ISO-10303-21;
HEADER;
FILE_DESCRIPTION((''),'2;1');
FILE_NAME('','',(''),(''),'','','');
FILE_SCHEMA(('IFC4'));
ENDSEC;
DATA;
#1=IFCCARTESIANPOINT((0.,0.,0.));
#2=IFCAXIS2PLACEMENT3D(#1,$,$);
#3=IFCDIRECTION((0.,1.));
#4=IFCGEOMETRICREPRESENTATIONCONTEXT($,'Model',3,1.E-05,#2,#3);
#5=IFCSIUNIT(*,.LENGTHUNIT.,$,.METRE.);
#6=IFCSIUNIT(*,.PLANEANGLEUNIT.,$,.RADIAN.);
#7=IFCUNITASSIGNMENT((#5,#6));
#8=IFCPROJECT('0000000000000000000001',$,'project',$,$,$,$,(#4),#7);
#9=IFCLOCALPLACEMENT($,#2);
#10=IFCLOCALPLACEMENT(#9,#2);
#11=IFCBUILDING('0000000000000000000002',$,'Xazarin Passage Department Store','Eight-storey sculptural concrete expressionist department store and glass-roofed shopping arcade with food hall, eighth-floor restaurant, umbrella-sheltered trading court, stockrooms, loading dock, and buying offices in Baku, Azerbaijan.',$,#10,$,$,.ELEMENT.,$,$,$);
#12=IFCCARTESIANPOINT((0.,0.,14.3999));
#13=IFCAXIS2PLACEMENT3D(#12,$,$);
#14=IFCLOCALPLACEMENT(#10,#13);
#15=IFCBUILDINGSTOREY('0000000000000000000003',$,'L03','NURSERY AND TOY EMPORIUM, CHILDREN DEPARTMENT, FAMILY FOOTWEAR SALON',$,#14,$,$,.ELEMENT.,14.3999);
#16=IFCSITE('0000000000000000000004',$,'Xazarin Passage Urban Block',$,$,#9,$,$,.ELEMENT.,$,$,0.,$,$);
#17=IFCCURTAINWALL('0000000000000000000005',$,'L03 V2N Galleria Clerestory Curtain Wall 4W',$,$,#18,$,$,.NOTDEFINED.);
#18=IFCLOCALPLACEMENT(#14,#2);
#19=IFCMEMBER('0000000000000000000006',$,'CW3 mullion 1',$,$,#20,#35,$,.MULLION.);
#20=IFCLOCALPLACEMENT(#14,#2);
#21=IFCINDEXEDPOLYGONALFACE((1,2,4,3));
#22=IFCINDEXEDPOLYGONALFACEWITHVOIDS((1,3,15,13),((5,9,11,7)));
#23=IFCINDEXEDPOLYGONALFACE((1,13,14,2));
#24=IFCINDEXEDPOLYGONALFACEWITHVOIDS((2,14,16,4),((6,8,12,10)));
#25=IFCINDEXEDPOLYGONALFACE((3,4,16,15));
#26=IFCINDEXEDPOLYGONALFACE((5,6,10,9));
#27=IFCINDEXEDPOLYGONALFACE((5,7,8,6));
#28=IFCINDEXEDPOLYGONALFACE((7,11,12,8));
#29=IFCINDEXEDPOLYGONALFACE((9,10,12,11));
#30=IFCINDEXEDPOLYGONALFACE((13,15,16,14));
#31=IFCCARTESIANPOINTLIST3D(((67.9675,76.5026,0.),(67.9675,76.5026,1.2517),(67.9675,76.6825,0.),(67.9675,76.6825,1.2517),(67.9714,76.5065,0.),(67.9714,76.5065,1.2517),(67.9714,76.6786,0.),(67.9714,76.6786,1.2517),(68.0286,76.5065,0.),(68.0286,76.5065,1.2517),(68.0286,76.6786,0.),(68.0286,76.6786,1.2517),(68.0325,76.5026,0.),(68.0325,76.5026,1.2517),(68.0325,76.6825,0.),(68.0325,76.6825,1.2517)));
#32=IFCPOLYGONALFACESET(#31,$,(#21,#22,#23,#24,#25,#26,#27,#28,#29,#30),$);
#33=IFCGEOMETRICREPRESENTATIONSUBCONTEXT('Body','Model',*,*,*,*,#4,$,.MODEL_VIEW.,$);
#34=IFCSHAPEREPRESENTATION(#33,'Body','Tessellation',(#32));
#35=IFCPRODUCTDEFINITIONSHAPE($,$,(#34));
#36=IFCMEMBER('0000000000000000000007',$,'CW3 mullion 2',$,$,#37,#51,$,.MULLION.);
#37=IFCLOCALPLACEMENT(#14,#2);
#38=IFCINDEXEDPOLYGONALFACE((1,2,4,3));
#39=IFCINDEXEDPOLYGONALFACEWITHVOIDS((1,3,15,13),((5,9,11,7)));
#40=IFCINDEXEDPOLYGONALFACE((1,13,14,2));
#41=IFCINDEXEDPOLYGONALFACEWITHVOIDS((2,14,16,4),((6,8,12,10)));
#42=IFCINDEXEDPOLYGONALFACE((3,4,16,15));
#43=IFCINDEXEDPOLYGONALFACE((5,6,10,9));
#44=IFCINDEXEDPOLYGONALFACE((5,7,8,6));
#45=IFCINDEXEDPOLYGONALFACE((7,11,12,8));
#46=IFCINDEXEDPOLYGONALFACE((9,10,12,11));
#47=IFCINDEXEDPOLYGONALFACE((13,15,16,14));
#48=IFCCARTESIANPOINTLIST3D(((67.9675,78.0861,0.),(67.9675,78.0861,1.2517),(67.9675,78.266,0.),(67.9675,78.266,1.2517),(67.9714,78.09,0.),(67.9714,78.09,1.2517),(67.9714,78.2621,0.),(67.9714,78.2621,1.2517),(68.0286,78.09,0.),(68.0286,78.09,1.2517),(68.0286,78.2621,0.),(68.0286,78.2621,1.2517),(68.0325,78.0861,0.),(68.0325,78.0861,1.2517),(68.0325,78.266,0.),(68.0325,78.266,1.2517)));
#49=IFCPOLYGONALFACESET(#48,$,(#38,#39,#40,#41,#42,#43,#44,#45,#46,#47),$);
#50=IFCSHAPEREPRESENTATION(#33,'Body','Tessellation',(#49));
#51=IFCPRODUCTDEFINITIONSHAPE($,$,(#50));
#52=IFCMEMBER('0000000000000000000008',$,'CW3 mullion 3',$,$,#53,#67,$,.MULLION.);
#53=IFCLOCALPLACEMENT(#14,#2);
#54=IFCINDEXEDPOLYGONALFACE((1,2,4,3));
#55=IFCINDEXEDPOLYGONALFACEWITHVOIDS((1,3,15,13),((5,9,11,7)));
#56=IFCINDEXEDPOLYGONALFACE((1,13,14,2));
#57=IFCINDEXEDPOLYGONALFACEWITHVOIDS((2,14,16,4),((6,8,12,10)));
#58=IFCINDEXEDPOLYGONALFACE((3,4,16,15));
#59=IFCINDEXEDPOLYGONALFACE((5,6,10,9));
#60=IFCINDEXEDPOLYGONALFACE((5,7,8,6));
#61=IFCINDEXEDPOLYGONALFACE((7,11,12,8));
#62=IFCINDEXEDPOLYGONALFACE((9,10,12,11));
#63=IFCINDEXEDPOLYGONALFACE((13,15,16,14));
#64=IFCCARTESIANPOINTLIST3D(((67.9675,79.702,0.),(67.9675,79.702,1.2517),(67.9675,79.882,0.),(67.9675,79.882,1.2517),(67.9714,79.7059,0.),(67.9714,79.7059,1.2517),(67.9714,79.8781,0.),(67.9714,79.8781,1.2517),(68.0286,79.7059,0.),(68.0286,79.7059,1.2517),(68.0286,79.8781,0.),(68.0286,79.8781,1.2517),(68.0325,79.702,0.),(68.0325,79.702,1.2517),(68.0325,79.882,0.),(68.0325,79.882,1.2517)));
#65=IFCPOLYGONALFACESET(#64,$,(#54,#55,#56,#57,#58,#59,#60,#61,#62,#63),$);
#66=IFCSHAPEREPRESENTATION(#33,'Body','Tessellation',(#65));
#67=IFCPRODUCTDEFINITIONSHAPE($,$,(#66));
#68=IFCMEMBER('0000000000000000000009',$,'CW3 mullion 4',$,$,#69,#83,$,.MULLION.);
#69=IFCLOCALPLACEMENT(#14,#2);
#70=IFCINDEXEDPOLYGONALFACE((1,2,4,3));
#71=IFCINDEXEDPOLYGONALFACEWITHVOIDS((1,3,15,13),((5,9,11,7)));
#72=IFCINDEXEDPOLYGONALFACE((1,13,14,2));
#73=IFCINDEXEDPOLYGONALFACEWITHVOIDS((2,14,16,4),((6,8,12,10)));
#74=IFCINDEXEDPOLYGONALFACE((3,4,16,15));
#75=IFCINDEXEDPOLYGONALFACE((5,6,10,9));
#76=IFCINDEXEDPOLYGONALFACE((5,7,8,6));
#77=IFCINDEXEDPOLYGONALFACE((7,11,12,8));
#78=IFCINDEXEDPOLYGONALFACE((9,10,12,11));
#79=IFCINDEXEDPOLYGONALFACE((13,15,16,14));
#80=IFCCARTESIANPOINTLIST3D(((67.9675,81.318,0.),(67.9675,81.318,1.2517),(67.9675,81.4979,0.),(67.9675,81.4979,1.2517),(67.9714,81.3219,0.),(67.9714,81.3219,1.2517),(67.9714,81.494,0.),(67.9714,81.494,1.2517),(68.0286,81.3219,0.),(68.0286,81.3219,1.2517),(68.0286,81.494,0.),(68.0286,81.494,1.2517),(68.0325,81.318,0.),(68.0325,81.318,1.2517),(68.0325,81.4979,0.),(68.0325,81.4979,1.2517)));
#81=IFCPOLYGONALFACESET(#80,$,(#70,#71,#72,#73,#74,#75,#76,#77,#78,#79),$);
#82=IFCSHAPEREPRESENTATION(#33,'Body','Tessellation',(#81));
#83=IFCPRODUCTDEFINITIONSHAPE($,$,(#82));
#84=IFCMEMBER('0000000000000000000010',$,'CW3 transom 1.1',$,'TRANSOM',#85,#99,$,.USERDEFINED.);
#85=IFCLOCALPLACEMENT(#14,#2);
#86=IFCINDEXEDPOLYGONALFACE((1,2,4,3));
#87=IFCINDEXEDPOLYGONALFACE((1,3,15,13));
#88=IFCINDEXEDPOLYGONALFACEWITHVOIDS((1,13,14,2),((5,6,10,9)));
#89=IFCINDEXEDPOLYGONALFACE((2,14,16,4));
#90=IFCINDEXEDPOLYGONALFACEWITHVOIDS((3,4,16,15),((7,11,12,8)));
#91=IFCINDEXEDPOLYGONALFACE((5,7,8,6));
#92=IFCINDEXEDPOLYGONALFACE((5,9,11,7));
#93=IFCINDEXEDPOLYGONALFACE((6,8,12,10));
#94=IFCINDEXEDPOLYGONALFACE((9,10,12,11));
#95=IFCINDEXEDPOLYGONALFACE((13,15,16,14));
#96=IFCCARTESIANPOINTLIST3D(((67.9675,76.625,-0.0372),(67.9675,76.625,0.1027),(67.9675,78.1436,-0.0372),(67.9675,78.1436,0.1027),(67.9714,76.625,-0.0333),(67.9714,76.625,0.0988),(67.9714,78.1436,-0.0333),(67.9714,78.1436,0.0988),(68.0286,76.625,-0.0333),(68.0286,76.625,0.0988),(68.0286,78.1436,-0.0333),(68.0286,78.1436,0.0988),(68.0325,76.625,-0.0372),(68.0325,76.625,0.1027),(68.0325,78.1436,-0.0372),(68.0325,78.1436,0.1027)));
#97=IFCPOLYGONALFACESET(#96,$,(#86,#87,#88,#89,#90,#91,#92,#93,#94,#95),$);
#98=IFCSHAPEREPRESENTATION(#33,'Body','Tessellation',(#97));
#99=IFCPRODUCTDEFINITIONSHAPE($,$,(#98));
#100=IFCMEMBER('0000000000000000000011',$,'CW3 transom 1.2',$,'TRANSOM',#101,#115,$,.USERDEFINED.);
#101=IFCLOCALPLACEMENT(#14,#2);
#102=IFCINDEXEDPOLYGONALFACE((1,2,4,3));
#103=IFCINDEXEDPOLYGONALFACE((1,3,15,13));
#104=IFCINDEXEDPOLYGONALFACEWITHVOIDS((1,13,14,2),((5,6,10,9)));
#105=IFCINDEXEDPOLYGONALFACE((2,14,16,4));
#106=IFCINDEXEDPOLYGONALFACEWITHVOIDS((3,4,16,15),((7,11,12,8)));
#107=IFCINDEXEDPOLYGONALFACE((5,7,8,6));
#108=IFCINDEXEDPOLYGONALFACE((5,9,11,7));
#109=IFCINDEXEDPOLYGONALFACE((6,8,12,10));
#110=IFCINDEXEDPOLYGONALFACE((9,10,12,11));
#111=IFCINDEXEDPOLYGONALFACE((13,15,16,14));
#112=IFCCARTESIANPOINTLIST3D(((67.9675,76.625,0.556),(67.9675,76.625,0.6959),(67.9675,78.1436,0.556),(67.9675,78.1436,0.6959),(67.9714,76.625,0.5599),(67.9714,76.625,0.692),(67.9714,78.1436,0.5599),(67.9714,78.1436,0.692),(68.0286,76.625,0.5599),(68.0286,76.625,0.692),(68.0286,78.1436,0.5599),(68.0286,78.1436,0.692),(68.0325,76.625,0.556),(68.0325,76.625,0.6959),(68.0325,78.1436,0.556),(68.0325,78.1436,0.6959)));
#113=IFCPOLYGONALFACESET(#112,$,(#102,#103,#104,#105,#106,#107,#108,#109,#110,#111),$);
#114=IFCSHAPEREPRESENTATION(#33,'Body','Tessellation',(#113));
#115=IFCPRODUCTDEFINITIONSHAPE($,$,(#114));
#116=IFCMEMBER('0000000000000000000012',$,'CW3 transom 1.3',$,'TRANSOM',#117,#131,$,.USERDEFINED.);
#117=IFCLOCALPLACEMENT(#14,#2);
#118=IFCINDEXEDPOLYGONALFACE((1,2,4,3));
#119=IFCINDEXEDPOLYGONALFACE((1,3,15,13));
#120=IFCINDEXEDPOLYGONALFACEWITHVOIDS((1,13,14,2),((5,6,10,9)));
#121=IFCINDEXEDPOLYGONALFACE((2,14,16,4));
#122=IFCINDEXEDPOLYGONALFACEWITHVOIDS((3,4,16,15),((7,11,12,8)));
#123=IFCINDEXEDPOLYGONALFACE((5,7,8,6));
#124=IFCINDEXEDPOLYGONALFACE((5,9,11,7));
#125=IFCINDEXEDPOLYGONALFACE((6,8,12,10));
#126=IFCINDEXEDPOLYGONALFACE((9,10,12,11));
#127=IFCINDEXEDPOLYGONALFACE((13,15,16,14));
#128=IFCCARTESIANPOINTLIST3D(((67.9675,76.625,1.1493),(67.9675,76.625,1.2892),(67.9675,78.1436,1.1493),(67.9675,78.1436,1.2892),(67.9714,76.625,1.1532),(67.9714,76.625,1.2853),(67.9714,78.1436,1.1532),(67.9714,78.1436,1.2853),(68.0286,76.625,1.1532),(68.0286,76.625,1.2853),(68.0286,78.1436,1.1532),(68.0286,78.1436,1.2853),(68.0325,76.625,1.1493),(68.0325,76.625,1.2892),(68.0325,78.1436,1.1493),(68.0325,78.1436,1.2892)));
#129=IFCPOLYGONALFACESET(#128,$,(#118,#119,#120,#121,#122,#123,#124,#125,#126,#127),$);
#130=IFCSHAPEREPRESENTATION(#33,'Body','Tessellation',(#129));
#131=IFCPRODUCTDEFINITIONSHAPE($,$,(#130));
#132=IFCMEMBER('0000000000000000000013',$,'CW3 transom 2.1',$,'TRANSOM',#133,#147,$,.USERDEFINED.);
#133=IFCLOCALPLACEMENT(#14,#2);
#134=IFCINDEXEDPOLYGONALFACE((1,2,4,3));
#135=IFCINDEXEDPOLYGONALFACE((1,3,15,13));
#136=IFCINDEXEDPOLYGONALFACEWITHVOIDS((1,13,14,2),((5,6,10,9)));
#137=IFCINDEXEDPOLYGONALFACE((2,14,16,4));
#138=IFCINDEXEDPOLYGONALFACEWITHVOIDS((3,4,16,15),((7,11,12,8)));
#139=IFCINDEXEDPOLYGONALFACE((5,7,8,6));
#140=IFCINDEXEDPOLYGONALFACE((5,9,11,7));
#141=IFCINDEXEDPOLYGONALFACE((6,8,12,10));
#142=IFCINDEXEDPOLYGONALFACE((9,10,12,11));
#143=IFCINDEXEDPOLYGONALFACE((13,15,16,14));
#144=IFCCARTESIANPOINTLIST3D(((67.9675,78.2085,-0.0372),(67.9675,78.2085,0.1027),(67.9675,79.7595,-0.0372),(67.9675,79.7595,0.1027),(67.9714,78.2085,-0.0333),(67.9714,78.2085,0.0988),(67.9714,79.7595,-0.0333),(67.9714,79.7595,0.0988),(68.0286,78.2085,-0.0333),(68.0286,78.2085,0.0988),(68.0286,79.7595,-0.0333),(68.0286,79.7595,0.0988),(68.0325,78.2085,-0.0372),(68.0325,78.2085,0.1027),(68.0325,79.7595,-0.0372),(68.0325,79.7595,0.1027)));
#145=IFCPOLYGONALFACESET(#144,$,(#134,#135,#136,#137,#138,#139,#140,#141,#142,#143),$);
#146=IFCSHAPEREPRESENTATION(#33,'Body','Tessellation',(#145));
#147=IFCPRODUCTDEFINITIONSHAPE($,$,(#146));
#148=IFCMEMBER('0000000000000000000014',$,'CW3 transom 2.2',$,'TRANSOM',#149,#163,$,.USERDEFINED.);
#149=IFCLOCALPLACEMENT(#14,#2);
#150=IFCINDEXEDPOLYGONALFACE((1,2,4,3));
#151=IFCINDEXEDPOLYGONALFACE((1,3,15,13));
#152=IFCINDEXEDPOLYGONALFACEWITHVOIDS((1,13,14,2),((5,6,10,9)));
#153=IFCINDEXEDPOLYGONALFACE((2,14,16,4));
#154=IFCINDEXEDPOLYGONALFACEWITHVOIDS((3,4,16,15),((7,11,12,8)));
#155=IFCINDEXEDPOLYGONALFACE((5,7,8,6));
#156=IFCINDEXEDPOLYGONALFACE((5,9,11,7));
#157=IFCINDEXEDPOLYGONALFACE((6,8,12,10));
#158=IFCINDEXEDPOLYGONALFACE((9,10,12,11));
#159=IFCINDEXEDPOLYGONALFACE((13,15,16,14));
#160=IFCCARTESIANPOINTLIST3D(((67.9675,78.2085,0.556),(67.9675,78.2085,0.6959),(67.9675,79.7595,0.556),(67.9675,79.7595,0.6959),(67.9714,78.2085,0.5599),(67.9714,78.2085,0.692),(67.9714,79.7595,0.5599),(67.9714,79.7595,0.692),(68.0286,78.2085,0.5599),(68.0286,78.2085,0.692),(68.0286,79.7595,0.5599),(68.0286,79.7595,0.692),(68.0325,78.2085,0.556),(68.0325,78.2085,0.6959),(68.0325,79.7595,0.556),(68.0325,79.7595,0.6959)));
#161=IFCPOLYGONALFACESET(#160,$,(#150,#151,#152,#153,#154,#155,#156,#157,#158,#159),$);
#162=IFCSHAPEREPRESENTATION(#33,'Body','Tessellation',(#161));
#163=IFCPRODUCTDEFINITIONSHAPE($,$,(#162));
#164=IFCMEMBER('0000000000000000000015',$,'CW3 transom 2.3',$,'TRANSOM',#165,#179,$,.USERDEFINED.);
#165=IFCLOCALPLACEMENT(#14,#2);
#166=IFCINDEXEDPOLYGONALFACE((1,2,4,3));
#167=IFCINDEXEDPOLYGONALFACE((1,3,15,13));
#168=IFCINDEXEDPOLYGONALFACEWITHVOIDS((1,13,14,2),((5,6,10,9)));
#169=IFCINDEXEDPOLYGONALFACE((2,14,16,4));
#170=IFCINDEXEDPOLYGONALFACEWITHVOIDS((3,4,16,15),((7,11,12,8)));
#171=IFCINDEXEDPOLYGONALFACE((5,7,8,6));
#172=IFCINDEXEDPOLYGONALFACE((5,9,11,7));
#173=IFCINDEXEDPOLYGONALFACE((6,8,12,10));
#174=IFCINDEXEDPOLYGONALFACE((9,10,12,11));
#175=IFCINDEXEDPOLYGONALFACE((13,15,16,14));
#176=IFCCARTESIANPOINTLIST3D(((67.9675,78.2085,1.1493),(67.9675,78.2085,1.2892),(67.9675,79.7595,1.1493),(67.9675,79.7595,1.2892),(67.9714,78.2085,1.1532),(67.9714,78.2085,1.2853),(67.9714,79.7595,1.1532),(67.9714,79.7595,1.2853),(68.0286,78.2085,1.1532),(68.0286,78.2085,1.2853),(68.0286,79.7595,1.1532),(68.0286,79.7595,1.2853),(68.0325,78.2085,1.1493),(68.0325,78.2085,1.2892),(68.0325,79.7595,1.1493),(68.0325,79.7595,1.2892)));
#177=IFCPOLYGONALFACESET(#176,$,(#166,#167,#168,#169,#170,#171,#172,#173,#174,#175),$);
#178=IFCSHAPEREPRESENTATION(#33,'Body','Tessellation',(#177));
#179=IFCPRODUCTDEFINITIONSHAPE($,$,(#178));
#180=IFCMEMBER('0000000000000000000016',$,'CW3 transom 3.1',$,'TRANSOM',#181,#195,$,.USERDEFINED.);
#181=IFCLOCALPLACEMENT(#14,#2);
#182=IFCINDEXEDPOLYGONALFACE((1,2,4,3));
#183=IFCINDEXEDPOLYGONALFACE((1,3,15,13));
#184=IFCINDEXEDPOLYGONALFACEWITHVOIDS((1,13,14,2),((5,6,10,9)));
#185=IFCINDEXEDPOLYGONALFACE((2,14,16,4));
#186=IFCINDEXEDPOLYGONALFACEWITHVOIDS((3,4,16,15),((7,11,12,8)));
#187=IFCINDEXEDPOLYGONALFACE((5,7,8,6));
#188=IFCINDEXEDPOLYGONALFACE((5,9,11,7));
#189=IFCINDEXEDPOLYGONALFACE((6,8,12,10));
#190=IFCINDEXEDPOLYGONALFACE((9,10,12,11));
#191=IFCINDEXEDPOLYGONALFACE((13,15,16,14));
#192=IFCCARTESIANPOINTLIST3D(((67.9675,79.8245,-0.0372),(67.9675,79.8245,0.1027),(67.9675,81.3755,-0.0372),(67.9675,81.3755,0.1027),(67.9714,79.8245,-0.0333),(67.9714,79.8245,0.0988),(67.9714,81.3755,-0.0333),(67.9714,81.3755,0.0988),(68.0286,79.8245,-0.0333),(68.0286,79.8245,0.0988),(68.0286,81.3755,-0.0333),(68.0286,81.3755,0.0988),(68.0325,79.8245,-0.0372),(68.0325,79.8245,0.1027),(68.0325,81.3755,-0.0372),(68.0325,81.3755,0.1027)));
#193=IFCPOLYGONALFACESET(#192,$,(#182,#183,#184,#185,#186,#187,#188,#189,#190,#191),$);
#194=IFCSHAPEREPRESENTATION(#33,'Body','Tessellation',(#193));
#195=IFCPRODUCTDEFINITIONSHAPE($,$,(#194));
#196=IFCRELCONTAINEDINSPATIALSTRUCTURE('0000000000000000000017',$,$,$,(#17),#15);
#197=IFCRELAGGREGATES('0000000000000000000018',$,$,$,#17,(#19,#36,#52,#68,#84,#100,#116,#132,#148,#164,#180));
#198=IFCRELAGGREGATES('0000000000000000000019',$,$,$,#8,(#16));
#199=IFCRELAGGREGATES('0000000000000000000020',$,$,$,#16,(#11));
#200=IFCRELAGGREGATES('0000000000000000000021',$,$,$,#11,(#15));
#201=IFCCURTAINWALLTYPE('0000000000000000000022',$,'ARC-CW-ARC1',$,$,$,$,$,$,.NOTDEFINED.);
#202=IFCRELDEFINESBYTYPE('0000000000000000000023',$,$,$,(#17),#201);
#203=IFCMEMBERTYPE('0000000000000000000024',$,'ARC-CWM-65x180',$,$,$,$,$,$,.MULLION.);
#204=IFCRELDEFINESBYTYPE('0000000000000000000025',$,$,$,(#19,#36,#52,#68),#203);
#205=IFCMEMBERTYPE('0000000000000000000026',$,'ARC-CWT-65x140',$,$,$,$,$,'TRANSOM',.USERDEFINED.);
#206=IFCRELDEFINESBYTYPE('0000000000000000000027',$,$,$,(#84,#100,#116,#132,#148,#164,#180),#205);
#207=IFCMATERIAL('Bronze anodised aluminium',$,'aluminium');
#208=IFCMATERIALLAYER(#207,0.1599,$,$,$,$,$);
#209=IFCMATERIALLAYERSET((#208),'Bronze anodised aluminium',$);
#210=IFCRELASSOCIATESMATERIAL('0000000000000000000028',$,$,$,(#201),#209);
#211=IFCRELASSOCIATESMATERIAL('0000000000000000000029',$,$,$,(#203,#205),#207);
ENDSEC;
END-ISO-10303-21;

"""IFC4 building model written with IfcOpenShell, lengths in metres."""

from ifc_helpers import new_model, si_unit, direction, frame, origin, origin_2d, place, context, subcontext, project, spatial, hollow_rectangle, extrude, material, layer, layer_set, material_profile, profile_set, type_object, element, aggregate, save


model = new_model("IFC4")

# Units and contexts
model_context = context("Model", 3, precision=1e-05, world=origin(), true_north=direction((0.0, 1.0)))
body_context = subcontext(model_context, "Body", "Model", "MODEL_VIEW")
ifc_project = project(units=[si_unit("LENGTHUNIT", "METRE"), si_unit("PLANEANGLEUNIT", "RADIAN")], contexts=[model_context])

# Site, building, storey
site_placement = place(None, origin())
site = spatial("IfcSite", under=ifc_project, at=site_placement, Name="Xazarin Passage Urban Block", CompositionType="ELEMENT", RefElevation=0.0)
building_placement = place(site_placement, origin())
building = spatial("IfcBuilding", under=site, at=building_placement, Name="Xazarin Passage Department Store", Description="Eight-storey sculptural concrete expressionist department store and glass-roofed shopping arcade with food hall, eighth-floor restaurant, umbrella-sheltered trading court, stockrooms, loading dock, and buying offices in Baku, Azerbaijan.", CompositionType="ELEMENT")
storey_placement = place(building_placement, frame((0.0, 0.0, 14.3999)))
storey = spatial("IfcBuildingStorey", under=building, at=storey_placement, Name="L03", Description="NURSERY AND TOY EMPORIUM, CHILDREN DEPARTMENT, FAMILY FOOTWEAR SALON", CompositionType="ELEMENT", Elevation=14.3999)

# Curtain wall, members
ifc_material_1 = material(Name="Bronze anodised aluminium", Category="aluminium")
ifc_layer_1 = layer(ifc_material_1, 0.1599)
ifc_layer_set_1 = layer_set([ifc_layer_1], Name="Bronze anodised aluminium")
curtain_wall_type = type_object("IfcCurtainWallType", Name="ARC-CW-ARC1", PredefinedType="NOTDEFINED", material=ifc_layer_set_1)
curtain_wall_placement = place(storey_placement, origin())
curtain_wall = element("IfcCurtainWall", 1, at=curtain_wall_placement, inside=storey, type_object=curtain_wall_type, Name="L03 V2N Galleria Clerestory Curtain Wall 4W", PredefinedType="NOTDEFINED")
ifc_material_profile_1 = material_profile(ifc_material_1, hollow_rectangle(XDim=0.0649, YDim=0.1799, WallThickness=0.0039, at=origin_2d()), Name="ALU 65x180")
ifc_profile_set_1 = profile_set([ifc_material_profile_1], Name="Bronze anodised aluminium")
member_type_1 = type_object("IfcMemberType", Name="ARC-CWM-65x180", PredefinedType="MULLION", material=ifc_profile_set_1)
member_1_placement = place(storey_placement, frame((68.0, 76.5925, 0.0), z_axis=(0.0, 0.0, 1.0), x_axis=(-1.0, 0.0, 0.0)))
member_1 = element("IfcMember", 2, at=member_1_placement, type_object=member_type_1, Name="CW3 mullion 1", PredefinedType="MULLION", context=body_context, shape_type="SweptSolid", body=[
    extrude(hollow_rectangle(XDim=0.0649, YDim=0.1799, WallThickness=0.0039, at=origin_2d()), origin(), (0.0, 0.0, 1.0), 1.2517),
])
member_2_placement = place(storey_placement, frame((68.0, 78.176, 0.0), z_axis=(0.0, 0.0, 1.0), x_axis=(-1.0, 0.0, 0.0)))
member_2 = element("IfcMember", 3, at=member_2_placement, type_object=member_type_1, Name="CW3 mullion 2", PredefinedType="MULLION", context=body_context, shape_type="SweptSolid", body=[
    extrude(hollow_rectangle(XDim=0.0649, YDim=0.1799, WallThickness=0.0039, at=origin_2d()), origin(), (0.0, 0.0, 1.0), 1.2517),
])
member_3_placement = place(storey_placement, frame((68.0, 79.792, 0.0), z_axis=(0.0, 0.0, 1.0), x_axis=(-1.0, 0.0, 0.0)))
member_3 = element("IfcMember", 4, at=member_3_placement, type_object=member_type_1, Name="CW3 mullion 3", PredefinedType="MULLION", context=body_context, shape_type="SweptSolid", body=[
    extrude(hollow_rectangle(XDim=0.0649, YDim=0.1799, WallThickness=0.0039, at=origin_2d()), origin(), (0.0, 0.0, 1.0), 1.2517),
])
member_4_placement = place(storey_placement, frame((68.0, 81.408, 0.0), z_axis=(0.0, 0.0, 1.0), x_axis=(-1.0, 0.0, 0.0)))
member_4 = element("IfcMember", 5, at=member_4_placement, type_object=member_type_1, Name="CW3 mullion 4", PredefinedType="MULLION", context=body_context, shape_type="SweptSolid", body=[
    extrude(hollow_rectangle(XDim=0.0649, YDim=0.1799, WallThickness=0.0039, at=origin_2d()), origin(), (0.0, 0.0, 1.0), 1.2517),
])
ifc_material_profile_2 = material_profile(ifc_material_1, hollow_rectangle(XDim=0.0649, YDim=0.1399, WallThickness=0.0039, at=origin_2d()), Name="ALU 65x140")
ifc_profile_set_2 = profile_set([ifc_material_profile_2], Name="Bronze anodised aluminium")
member_type_2 = type_object("IfcMemberType", Name="ARC-CWT-65x140", ElementType="TRANSOM", PredefinedType="USERDEFINED", material=ifc_profile_set_2)
member_5_placement = place(storey_placement, frame((68.0, 76.625, 0.0327), z_axis=(0.0, 1.0, 0.0), x_axis=(-1.0, 0.0, 0.0)))
member_5 = element("IfcMember", 6, at=member_5_placement, type_object=member_type_2, Name="CW3 transom 1.1", ObjectType="TRANSOM", PredefinedType="USERDEFINED", context=body_context, shape_type="SweptSolid", body=[
    extrude(hollow_rectangle(XDim=0.0649, YDim=0.1399, WallThickness=0.0039, at=origin_2d()), origin(), (0.0, 0.0, 1.0), 1.5186),
])
member_6_placement = place(storey_placement, frame((68.0, 76.625, 0.626), z_axis=(0.0, 1.0, 0.0), x_axis=(-1.0, 0.0, 0.0)))
member_6 = element("IfcMember", 7, at=member_6_placement, type_object=member_type_2, Name="CW3 transom 1.2", ObjectType="TRANSOM", PredefinedType="USERDEFINED", context=body_context, shape_type="SweptSolid", body=[
    extrude(hollow_rectangle(XDim=0.0649, YDim=0.1399, WallThickness=0.0039, at=origin_2d()), origin(), (0.0, 0.0, 1.0), 1.5186),
])
member_7_placement = place(storey_placement, frame((68.0, 76.625, 1.2192), z_axis=(0.0, 1.0, 0.0), x_axis=(-1.0, 0.0, 0.0)))
member_7 = element("IfcMember", 8, at=member_7_placement, type_object=member_type_2, Name="CW3 transom 1.3", ObjectType="TRANSOM", PredefinedType="USERDEFINED", context=body_context, shape_type="SweptSolid", body=[
    extrude(hollow_rectangle(XDim=0.0649, YDim=0.1399, WallThickness=0.0039, at=origin_2d()), origin(), (0.0, 0.0, 1.0), 1.5186),
])
member_8_placement = place(storey_placement, frame((68.0, 78.2085, 0.0327), z_axis=(0.0, 1.0, 0.0), x_axis=(-1.0, 0.0, 0.0)))
member_8 = element("IfcMember", 9, at=member_8_placement, type_object=member_type_2, Name="CW3 transom 2.1", ObjectType="TRANSOM", PredefinedType="USERDEFINED", context=body_context, shape_type="SweptSolid", body=[
    extrude(hollow_rectangle(XDim=0.0649, YDim=0.1399, WallThickness=0.0039, at=origin_2d()), origin(), (0.0, 0.0, 1.0), 1.551),
])
member_9_placement = place(storey_placement, frame((68.0, 78.2085, 0.626), z_axis=(0.0, 1.0, 0.0), x_axis=(-1.0, 0.0, 0.0)))
member_9 = element("IfcMember", 10, at=member_9_placement, type_object=member_type_2, Name="CW3 transom 2.2", ObjectType="TRANSOM", PredefinedType="USERDEFINED", context=body_context, shape_type="SweptSolid", body=[
    extrude(hollow_rectangle(XDim=0.0649, YDim=0.1399, WallThickness=0.0039, at=origin_2d()), origin(), (0.0, 0.0, 1.0), 1.551),
])
member_10_placement = place(storey_placement, frame((68.0, 78.2085, 1.2192), z_axis=(0.0, 1.0, 0.0), x_axis=(-1.0, 0.0, 0.0)))
member_10 = element("IfcMember", 11, at=member_10_placement, type_object=member_type_2, Name="CW3 transom 2.3", ObjectType="TRANSOM", PredefinedType="USERDEFINED", context=body_context, shape_type="SweptSolid", body=[
    extrude(hollow_rectangle(XDim=0.0649, YDim=0.1399, WallThickness=0.0039, at=origin_2d()), origin(), (0.0, 0.0, 1.0), 1.551),
])
member_11_placement = place(storey_placement, frame((68.0, 79.8245, 0.0327), z_axis=(0.0, 1.0, 0.0), x_axis=(-1.0, 0.0, 0.0)))
member_11 = element("IfcMember", 12, at=member_11_placement, type_object=member_type_2, Name="CW3 transom 3.1", ObjectType="TRANSOM", PredefinedType="USERDEFINED", context=body_context, shape_type="SweptSolid", body=[
    extrude(hollow_rectangle(XDim=0.0649, YDim=0.1399, WallThickness=0.0039, at=origin_2d()), origin(), (0.0, 0.0, 1.0), 1.551),
])

aggregate(curtain_wall, [member_1, member_2, member_3, member_4, member_5, member_6, member_7, member_8, member_9, member_10, member_11])

save(model, "model.ifc")
